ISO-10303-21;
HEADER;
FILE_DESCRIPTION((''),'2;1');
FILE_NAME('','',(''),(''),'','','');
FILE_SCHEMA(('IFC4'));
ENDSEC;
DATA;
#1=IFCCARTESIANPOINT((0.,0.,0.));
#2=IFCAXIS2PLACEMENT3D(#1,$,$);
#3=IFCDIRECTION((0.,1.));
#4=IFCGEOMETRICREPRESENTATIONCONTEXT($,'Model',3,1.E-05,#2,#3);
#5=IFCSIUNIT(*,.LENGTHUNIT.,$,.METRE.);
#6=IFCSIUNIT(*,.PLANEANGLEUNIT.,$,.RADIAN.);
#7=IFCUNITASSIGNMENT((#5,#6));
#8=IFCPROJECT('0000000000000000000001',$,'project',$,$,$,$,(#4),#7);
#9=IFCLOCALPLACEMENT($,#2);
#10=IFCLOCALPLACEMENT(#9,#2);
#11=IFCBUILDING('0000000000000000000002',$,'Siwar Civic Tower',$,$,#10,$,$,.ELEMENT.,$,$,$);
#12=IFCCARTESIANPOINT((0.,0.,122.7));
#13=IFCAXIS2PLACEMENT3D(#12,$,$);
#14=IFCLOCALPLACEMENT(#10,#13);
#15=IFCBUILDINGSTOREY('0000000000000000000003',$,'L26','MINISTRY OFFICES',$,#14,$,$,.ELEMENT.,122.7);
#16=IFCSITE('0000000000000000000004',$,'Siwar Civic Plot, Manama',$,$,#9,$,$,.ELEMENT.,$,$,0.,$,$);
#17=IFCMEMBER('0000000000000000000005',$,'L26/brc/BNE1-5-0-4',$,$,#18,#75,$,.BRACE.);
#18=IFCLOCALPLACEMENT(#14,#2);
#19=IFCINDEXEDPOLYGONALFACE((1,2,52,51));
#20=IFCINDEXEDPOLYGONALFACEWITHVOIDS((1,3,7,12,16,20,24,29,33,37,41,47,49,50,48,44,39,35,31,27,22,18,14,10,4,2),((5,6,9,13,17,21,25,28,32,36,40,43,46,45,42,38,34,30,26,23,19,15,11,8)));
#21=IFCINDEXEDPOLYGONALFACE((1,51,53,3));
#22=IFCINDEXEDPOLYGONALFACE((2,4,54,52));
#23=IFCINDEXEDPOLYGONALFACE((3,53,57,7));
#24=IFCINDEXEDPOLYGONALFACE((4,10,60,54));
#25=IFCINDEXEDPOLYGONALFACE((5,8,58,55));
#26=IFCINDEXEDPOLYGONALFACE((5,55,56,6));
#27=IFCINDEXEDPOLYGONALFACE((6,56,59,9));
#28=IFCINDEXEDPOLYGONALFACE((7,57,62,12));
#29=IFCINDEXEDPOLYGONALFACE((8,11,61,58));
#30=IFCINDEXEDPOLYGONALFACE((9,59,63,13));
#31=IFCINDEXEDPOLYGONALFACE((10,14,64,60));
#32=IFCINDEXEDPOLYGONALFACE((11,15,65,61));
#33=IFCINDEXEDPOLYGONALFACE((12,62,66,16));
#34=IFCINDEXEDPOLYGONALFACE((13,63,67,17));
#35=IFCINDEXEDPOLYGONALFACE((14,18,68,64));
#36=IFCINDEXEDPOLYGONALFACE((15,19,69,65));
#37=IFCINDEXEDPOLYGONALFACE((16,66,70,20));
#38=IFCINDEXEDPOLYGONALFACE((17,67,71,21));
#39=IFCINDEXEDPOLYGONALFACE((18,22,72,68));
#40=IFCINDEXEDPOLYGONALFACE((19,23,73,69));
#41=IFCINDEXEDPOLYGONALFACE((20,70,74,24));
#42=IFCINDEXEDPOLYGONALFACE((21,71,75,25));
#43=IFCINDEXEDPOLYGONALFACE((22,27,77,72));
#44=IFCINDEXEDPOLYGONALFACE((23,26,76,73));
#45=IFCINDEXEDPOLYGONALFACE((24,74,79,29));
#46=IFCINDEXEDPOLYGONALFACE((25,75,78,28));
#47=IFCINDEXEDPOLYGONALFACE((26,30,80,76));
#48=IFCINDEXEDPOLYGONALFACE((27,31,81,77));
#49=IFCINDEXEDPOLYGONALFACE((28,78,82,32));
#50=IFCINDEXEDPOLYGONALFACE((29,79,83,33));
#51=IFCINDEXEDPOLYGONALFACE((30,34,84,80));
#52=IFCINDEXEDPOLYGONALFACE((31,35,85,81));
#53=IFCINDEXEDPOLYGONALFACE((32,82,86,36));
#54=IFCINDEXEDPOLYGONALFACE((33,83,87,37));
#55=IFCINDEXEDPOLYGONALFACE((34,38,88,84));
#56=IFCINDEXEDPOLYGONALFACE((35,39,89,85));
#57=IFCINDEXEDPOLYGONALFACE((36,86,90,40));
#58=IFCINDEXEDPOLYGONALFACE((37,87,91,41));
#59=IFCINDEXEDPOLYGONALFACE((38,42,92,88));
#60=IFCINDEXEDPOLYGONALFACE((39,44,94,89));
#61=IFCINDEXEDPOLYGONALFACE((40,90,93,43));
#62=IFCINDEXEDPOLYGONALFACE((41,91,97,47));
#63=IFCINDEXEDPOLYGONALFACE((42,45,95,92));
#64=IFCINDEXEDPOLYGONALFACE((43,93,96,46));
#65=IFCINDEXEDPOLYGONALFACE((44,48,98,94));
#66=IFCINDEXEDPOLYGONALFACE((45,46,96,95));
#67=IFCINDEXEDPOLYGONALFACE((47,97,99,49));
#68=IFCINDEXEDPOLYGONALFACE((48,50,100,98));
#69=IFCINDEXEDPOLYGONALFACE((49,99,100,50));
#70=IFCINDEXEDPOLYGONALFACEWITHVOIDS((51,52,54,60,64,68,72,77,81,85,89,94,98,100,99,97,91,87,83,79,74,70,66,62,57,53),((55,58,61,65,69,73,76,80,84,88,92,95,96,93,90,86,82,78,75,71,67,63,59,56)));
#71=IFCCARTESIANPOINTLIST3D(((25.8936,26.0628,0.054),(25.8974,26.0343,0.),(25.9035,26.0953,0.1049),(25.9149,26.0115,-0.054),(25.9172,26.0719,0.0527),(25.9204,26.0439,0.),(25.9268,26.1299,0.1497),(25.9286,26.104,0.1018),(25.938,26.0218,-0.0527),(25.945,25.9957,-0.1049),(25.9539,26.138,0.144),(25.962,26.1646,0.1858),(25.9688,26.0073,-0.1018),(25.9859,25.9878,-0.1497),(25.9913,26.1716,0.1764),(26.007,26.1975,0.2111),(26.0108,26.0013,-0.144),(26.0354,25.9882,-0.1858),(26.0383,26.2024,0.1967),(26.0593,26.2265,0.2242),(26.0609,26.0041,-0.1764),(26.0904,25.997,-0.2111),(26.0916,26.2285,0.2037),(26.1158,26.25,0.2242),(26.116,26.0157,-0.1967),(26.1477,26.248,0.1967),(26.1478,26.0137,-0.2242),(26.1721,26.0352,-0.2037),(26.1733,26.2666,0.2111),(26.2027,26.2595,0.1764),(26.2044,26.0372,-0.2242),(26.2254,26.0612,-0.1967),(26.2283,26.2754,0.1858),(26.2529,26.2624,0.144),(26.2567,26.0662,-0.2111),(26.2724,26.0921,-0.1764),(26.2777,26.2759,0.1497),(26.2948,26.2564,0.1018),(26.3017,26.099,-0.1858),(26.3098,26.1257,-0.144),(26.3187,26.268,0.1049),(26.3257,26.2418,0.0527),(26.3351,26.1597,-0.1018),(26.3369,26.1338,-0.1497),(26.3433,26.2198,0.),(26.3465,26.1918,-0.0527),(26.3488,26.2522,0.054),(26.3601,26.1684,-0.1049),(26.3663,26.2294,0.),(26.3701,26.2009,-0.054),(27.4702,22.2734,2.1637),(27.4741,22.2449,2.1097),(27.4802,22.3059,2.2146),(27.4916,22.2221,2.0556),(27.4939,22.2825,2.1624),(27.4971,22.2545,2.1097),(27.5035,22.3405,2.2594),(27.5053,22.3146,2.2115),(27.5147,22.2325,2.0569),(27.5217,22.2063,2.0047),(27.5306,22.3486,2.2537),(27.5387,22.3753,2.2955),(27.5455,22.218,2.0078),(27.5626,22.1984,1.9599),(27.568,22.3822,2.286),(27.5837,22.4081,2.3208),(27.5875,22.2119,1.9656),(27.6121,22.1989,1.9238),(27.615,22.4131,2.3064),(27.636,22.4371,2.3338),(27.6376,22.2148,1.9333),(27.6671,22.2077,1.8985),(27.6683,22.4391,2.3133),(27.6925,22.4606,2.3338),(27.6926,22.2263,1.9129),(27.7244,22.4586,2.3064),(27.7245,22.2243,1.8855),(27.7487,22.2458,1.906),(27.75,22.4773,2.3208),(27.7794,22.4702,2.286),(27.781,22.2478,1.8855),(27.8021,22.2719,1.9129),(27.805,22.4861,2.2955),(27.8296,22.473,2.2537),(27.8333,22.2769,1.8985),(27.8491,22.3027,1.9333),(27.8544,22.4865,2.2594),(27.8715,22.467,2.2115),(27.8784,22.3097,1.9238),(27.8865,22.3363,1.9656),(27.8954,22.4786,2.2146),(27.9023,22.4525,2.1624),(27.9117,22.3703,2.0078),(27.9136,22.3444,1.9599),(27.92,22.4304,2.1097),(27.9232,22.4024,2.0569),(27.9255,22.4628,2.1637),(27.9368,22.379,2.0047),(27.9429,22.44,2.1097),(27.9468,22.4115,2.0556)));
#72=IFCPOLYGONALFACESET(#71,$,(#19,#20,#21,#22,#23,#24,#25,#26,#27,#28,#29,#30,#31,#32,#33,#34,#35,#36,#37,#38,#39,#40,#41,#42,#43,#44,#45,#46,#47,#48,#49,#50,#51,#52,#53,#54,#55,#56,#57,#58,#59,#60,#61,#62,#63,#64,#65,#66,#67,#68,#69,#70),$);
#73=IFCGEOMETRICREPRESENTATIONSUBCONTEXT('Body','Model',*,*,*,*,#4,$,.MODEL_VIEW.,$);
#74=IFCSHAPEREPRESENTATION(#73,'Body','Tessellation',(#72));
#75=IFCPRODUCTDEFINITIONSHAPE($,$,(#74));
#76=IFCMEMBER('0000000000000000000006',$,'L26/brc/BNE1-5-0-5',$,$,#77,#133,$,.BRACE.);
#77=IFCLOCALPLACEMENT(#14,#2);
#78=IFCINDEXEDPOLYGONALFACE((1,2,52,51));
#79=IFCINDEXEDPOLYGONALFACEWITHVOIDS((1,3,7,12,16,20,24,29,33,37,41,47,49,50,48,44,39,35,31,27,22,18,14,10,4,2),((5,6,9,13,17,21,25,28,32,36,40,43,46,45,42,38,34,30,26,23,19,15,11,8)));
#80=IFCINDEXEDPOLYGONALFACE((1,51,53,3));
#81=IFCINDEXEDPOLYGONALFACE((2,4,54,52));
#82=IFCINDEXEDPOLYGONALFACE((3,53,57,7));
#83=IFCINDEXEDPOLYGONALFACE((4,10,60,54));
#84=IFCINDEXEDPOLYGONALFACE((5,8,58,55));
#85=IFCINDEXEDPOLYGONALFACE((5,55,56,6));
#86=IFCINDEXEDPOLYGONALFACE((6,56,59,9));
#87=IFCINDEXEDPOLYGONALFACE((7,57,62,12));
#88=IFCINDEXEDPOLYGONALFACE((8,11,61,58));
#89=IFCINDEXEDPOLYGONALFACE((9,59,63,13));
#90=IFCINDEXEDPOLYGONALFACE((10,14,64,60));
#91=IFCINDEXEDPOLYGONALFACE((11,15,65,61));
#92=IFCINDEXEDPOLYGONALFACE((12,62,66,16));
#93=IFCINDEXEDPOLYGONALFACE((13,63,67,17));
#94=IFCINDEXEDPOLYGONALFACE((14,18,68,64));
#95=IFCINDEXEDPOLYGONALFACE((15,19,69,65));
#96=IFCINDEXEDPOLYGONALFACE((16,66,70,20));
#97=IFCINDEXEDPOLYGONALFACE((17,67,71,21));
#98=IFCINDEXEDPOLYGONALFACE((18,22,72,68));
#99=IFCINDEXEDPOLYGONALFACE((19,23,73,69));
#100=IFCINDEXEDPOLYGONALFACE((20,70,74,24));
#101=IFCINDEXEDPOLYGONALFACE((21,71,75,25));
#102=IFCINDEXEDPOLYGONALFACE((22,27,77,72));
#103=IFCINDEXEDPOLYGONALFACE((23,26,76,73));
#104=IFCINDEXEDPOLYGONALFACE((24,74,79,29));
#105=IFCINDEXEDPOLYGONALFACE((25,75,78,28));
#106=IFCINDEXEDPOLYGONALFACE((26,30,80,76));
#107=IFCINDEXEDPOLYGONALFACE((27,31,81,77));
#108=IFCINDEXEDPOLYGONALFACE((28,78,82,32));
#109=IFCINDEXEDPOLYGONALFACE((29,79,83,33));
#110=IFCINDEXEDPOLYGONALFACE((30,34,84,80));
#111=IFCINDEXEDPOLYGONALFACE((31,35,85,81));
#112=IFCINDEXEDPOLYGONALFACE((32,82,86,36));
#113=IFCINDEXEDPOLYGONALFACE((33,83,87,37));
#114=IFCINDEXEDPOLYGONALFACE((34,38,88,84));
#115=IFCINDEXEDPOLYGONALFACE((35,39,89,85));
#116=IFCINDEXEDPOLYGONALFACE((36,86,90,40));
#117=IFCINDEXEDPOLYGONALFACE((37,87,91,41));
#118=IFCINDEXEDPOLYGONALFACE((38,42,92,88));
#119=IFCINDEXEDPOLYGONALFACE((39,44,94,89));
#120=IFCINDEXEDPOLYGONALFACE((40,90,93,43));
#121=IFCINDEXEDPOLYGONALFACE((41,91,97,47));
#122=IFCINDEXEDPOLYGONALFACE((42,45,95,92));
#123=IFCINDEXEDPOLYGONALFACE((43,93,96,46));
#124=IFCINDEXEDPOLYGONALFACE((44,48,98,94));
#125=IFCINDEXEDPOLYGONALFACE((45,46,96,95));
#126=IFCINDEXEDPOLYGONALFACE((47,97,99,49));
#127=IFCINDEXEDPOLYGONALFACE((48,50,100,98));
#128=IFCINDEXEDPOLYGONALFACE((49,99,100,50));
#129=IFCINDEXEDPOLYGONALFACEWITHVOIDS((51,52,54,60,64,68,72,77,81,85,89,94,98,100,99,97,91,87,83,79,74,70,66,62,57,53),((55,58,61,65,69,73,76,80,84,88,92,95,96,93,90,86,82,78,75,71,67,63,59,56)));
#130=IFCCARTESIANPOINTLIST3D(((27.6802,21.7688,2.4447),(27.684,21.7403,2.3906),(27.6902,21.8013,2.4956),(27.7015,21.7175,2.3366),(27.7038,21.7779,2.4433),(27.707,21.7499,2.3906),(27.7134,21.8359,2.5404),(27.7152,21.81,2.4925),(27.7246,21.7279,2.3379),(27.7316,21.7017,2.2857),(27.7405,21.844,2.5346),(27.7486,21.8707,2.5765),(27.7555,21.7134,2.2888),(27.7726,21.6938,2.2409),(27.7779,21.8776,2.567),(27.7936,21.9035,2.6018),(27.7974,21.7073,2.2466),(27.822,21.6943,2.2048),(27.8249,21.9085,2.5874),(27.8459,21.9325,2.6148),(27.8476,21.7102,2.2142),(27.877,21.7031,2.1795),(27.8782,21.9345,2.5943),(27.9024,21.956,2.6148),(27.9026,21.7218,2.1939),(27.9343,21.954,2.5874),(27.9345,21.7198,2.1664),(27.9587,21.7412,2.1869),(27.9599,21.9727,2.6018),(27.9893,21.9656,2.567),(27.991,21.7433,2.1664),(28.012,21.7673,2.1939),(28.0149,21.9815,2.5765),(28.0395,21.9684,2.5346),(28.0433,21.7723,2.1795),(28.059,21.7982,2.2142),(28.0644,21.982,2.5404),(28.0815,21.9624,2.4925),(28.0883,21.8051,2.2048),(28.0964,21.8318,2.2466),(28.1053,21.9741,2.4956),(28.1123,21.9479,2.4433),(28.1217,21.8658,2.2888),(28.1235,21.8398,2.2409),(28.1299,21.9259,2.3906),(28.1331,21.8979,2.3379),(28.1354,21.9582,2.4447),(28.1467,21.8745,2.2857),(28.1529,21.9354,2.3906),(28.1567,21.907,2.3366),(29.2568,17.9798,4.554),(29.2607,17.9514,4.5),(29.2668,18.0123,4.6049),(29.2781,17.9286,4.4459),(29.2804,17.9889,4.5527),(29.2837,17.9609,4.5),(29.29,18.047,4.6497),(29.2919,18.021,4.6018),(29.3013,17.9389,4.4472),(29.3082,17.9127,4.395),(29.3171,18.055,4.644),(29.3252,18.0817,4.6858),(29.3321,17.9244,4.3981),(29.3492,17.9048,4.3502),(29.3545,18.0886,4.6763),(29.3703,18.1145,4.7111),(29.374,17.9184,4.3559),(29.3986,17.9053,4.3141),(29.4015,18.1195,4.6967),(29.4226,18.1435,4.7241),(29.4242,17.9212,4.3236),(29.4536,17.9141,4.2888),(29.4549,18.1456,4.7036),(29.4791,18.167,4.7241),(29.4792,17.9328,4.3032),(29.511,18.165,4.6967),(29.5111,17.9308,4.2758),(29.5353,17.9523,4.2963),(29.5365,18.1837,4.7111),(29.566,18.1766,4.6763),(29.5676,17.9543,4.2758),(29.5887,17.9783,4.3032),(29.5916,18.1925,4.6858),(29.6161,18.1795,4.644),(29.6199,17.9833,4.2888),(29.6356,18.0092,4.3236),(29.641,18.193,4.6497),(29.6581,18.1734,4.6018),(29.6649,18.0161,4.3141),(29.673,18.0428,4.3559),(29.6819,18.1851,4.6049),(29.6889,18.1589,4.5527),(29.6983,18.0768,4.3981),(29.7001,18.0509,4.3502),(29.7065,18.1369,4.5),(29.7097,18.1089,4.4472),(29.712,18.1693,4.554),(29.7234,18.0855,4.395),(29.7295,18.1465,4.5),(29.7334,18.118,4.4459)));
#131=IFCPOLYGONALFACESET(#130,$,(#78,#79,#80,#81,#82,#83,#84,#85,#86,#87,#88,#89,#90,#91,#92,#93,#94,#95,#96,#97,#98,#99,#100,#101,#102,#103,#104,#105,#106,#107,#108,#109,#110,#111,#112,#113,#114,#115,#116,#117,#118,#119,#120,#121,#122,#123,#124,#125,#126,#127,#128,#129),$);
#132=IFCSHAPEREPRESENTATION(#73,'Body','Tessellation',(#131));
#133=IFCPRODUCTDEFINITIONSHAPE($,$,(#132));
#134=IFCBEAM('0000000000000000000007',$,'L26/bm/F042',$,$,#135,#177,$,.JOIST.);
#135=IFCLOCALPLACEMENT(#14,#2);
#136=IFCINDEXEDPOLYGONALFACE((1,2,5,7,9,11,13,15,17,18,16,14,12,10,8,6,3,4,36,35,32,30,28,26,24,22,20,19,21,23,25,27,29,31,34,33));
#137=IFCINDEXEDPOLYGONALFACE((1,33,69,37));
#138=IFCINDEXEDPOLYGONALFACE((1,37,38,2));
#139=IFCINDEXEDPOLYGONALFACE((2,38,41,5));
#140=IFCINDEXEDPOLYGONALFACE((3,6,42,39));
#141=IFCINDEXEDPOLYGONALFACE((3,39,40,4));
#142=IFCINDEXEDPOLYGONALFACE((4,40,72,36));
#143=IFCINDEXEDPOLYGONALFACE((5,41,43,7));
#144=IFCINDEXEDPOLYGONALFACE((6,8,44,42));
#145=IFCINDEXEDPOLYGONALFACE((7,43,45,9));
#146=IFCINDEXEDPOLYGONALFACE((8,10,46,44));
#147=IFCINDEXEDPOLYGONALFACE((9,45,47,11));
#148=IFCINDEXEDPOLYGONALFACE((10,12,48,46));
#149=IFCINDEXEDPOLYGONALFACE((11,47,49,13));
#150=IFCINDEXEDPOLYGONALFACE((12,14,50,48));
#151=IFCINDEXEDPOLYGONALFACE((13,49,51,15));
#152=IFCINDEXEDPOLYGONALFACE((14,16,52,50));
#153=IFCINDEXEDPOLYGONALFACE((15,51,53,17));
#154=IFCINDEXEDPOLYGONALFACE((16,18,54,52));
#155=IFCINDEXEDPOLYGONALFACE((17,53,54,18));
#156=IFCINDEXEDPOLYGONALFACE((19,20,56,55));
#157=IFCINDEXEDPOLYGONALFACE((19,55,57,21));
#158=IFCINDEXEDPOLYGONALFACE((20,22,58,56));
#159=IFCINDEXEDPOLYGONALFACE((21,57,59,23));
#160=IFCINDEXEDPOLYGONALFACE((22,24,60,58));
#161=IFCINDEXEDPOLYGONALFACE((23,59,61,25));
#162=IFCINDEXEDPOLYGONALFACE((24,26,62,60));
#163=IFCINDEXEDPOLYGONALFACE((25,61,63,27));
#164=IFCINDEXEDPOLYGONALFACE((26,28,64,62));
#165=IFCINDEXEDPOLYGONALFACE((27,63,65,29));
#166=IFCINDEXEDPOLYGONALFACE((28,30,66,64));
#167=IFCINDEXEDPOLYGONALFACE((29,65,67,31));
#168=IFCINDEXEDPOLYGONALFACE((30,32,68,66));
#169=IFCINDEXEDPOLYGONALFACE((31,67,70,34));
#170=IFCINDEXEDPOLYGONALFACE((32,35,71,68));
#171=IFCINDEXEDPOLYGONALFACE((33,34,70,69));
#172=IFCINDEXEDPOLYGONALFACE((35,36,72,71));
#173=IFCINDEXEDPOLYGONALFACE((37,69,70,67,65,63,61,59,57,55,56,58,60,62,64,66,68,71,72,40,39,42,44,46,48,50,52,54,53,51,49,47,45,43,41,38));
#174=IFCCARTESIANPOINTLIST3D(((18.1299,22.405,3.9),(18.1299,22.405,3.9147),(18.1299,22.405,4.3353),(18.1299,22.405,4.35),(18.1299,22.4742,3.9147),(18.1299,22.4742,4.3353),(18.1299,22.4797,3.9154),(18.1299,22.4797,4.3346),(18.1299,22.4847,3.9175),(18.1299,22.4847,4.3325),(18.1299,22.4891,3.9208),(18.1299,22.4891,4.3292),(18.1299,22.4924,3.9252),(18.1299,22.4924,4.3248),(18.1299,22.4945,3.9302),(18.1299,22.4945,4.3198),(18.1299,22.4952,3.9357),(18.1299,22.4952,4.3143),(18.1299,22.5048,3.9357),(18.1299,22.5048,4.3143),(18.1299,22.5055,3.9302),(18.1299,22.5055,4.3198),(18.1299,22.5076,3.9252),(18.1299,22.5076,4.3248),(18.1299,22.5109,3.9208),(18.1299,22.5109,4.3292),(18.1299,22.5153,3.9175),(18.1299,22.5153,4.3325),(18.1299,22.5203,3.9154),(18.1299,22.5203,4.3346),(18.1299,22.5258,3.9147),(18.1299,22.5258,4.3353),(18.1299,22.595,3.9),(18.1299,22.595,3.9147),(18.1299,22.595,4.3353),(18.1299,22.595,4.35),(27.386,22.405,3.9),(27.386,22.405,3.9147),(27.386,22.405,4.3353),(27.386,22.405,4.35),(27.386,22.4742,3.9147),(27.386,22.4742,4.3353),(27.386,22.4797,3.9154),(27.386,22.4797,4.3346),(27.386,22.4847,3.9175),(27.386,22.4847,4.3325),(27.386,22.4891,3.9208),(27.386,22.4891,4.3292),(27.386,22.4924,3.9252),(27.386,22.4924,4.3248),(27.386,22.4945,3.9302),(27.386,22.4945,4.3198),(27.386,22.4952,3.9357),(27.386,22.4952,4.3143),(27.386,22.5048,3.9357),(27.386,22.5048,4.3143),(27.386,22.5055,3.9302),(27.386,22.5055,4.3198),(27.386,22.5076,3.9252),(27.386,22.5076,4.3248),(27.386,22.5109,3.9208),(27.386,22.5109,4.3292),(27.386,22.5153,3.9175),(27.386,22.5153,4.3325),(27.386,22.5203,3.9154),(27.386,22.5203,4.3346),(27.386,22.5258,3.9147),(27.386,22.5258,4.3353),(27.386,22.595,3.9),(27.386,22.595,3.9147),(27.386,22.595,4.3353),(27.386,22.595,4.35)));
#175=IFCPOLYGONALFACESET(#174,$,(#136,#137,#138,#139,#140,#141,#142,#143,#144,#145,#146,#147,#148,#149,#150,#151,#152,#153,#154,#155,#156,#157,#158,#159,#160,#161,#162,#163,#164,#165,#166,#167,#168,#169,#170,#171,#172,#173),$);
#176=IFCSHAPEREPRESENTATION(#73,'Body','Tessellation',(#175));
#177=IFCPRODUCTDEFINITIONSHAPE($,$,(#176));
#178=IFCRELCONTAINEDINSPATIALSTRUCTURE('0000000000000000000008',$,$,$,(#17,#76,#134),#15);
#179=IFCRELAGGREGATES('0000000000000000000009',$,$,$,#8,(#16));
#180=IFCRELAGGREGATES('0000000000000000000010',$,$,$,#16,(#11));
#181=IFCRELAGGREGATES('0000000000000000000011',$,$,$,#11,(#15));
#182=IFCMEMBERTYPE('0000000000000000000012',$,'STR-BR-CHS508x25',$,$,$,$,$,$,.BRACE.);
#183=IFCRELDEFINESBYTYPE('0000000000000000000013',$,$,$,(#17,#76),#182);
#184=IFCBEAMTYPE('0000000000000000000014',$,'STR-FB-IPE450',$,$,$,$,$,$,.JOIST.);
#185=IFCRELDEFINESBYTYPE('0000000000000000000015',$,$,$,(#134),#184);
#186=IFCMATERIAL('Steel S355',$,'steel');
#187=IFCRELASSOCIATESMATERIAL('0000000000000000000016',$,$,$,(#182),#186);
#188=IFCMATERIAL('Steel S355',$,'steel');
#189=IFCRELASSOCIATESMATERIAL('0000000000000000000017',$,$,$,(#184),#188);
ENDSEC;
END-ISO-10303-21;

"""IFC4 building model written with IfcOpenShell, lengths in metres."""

from ifc_helpers import new_model, si_unit, direction, frame, origin, origin_2d, place, context, subcontext, project, spatial, hollow_circle, i_section, extrude, material, material_profile, profile_set, type_object, element, save


model = new_model("IFC4")

# Units and contexts
model_context = context("Model", 3, precision=1e-05, world=origin(), true_north=direction((0.0, 1.0)))
body_context = subcontext(model_context, "Body", "Model", "MODEL_VIEW")
ifc_project = project(units=[si_unit("LENGTHUNIT", "METRE"), si_unit("PLANEANGLEUNIT", "RADIAN")], contexts=[model_context])

# Site, building, storey
site_placement = place(None, origin())
site = spatial("IfcSite", under=ifc_project, at=site_placement, Name="Siwar Civic Plot, Manama", CompositionType="ELEMENT", RefElevation=0.0)
building_placement = place(site_placement, origin())
building = spatial("IfcBuilding", under=site, at=building_placement, Name="Siwar Civic Tower", CompositionType="ELEMENT")
storey_placement = place(building_placement, frame((0.0, 0.0, 122.7)))
storey = spatial("IfcBuildingStorey", under=building, at=storey_placement, Name="L26", Description="MINISTRY OFFICES", CompositionType="ELEMENT", Elevation=122.7)

# Members
ifc_material_1 = material(Name="Steel S355", Category="steel")
ifc_material_profile_1 = material_profile(ifc_material_1, hollow_circle(Radius=0.2539, WallThickness=0.0249, at=origin_2d()), Name="CHS508x25")
ifc_profile_set_1 = profile_set([ifc_material_profile_1], Name="Steel S355")
member_type_1 = type_object("IfcMemberType", Name="STR-BR-CHS508x25", PredefinedType="BRACE", material=ifc_profile_set_1)
member_1_placement = place(storey_placement, frame((26.1318, 26.1318, 0.0), z_axis=(0.341662, -0.821143, 0.457155), x_axis=(0.923269, 0.384155, 0.0)))
element("IfcMember", 1, at=member_1_placement, inside=storey, type_object=member_type_1, Name="L26/brc/BNE1-5-0-4", PredefinedType="BRACE", context=body_context, shape_type="SweptSolid", body=[
    extrude(hollow_circle(Radius=0.2539, WallThickness=0.0249, at=origin_2d()), origin(), (0.0, 0.0, 1.0), 4.6147),
])
member_2_placement = place(storey_placement, frame((27.9185, 21.8379, 2.3906), z_axis=(0.341686, -0.821146, 0.457133), x_axis=(0.92326, 0.384176, 0.0)))
element("IfcMember", 2, at=member_2_placement, inside=storey, type_object=member_type_1, Name="L26/brc/BNE1-5-0-5", PredefinedType="BRACE", context=body_context, shape_type="SweptSolid", body=[
    extrude(hollow_circle(Radius=0.2539, WallThickness=0.0249, at=origin_2d()), origin(), (0.0, 0.0, 1.0), 4.6143),
])

# Beam
ifc_material_2 = material(Name="Steel S355", Category="steel")
ifc_material_profile_2 = material_profile(ifc_material_2, i_section(OverallWidth=0.1899, OverallDepth=0.45, WebThickness=0.0095, FlangeThickness=0.0146, FilletRadius=0.021, at=origin_2d()), Name="IPE450")
ifc_profile_set_2 = profile_set([ifc_material_profile_2], Name="Steel S355")
beam_type_1 = type_object("IfcBeamType", Name="STR-FB-IPE450", PredefinedType="JOIST", material=ifc_profile_set_2)
beam_1_placement = place(storey_placement, frame((18.1299, 22.5, 4.125), z_axis=(1.0, 0.0, 0.0), x_axis=(0.0, 1.0, 0.0)))
element("IfcBeam", 3, at=beam_1_placement, inside=storey, type_object=beam_type_1, Name="L26/bm/F042", PredefinedType="JOIST", context=body_context, shape_type="SweptSolid", body=[
    extrude(i_section(OverallWidth=0.1899, OverallDepth=0.45, WebThickness=0.0095, FlangeThickness=0.0146, FilletRadius=0.021, at=origin_2d()), origin(), (0.0, 0.0, 1.0), 9.2561),
])

save(model, "model.ifc")
